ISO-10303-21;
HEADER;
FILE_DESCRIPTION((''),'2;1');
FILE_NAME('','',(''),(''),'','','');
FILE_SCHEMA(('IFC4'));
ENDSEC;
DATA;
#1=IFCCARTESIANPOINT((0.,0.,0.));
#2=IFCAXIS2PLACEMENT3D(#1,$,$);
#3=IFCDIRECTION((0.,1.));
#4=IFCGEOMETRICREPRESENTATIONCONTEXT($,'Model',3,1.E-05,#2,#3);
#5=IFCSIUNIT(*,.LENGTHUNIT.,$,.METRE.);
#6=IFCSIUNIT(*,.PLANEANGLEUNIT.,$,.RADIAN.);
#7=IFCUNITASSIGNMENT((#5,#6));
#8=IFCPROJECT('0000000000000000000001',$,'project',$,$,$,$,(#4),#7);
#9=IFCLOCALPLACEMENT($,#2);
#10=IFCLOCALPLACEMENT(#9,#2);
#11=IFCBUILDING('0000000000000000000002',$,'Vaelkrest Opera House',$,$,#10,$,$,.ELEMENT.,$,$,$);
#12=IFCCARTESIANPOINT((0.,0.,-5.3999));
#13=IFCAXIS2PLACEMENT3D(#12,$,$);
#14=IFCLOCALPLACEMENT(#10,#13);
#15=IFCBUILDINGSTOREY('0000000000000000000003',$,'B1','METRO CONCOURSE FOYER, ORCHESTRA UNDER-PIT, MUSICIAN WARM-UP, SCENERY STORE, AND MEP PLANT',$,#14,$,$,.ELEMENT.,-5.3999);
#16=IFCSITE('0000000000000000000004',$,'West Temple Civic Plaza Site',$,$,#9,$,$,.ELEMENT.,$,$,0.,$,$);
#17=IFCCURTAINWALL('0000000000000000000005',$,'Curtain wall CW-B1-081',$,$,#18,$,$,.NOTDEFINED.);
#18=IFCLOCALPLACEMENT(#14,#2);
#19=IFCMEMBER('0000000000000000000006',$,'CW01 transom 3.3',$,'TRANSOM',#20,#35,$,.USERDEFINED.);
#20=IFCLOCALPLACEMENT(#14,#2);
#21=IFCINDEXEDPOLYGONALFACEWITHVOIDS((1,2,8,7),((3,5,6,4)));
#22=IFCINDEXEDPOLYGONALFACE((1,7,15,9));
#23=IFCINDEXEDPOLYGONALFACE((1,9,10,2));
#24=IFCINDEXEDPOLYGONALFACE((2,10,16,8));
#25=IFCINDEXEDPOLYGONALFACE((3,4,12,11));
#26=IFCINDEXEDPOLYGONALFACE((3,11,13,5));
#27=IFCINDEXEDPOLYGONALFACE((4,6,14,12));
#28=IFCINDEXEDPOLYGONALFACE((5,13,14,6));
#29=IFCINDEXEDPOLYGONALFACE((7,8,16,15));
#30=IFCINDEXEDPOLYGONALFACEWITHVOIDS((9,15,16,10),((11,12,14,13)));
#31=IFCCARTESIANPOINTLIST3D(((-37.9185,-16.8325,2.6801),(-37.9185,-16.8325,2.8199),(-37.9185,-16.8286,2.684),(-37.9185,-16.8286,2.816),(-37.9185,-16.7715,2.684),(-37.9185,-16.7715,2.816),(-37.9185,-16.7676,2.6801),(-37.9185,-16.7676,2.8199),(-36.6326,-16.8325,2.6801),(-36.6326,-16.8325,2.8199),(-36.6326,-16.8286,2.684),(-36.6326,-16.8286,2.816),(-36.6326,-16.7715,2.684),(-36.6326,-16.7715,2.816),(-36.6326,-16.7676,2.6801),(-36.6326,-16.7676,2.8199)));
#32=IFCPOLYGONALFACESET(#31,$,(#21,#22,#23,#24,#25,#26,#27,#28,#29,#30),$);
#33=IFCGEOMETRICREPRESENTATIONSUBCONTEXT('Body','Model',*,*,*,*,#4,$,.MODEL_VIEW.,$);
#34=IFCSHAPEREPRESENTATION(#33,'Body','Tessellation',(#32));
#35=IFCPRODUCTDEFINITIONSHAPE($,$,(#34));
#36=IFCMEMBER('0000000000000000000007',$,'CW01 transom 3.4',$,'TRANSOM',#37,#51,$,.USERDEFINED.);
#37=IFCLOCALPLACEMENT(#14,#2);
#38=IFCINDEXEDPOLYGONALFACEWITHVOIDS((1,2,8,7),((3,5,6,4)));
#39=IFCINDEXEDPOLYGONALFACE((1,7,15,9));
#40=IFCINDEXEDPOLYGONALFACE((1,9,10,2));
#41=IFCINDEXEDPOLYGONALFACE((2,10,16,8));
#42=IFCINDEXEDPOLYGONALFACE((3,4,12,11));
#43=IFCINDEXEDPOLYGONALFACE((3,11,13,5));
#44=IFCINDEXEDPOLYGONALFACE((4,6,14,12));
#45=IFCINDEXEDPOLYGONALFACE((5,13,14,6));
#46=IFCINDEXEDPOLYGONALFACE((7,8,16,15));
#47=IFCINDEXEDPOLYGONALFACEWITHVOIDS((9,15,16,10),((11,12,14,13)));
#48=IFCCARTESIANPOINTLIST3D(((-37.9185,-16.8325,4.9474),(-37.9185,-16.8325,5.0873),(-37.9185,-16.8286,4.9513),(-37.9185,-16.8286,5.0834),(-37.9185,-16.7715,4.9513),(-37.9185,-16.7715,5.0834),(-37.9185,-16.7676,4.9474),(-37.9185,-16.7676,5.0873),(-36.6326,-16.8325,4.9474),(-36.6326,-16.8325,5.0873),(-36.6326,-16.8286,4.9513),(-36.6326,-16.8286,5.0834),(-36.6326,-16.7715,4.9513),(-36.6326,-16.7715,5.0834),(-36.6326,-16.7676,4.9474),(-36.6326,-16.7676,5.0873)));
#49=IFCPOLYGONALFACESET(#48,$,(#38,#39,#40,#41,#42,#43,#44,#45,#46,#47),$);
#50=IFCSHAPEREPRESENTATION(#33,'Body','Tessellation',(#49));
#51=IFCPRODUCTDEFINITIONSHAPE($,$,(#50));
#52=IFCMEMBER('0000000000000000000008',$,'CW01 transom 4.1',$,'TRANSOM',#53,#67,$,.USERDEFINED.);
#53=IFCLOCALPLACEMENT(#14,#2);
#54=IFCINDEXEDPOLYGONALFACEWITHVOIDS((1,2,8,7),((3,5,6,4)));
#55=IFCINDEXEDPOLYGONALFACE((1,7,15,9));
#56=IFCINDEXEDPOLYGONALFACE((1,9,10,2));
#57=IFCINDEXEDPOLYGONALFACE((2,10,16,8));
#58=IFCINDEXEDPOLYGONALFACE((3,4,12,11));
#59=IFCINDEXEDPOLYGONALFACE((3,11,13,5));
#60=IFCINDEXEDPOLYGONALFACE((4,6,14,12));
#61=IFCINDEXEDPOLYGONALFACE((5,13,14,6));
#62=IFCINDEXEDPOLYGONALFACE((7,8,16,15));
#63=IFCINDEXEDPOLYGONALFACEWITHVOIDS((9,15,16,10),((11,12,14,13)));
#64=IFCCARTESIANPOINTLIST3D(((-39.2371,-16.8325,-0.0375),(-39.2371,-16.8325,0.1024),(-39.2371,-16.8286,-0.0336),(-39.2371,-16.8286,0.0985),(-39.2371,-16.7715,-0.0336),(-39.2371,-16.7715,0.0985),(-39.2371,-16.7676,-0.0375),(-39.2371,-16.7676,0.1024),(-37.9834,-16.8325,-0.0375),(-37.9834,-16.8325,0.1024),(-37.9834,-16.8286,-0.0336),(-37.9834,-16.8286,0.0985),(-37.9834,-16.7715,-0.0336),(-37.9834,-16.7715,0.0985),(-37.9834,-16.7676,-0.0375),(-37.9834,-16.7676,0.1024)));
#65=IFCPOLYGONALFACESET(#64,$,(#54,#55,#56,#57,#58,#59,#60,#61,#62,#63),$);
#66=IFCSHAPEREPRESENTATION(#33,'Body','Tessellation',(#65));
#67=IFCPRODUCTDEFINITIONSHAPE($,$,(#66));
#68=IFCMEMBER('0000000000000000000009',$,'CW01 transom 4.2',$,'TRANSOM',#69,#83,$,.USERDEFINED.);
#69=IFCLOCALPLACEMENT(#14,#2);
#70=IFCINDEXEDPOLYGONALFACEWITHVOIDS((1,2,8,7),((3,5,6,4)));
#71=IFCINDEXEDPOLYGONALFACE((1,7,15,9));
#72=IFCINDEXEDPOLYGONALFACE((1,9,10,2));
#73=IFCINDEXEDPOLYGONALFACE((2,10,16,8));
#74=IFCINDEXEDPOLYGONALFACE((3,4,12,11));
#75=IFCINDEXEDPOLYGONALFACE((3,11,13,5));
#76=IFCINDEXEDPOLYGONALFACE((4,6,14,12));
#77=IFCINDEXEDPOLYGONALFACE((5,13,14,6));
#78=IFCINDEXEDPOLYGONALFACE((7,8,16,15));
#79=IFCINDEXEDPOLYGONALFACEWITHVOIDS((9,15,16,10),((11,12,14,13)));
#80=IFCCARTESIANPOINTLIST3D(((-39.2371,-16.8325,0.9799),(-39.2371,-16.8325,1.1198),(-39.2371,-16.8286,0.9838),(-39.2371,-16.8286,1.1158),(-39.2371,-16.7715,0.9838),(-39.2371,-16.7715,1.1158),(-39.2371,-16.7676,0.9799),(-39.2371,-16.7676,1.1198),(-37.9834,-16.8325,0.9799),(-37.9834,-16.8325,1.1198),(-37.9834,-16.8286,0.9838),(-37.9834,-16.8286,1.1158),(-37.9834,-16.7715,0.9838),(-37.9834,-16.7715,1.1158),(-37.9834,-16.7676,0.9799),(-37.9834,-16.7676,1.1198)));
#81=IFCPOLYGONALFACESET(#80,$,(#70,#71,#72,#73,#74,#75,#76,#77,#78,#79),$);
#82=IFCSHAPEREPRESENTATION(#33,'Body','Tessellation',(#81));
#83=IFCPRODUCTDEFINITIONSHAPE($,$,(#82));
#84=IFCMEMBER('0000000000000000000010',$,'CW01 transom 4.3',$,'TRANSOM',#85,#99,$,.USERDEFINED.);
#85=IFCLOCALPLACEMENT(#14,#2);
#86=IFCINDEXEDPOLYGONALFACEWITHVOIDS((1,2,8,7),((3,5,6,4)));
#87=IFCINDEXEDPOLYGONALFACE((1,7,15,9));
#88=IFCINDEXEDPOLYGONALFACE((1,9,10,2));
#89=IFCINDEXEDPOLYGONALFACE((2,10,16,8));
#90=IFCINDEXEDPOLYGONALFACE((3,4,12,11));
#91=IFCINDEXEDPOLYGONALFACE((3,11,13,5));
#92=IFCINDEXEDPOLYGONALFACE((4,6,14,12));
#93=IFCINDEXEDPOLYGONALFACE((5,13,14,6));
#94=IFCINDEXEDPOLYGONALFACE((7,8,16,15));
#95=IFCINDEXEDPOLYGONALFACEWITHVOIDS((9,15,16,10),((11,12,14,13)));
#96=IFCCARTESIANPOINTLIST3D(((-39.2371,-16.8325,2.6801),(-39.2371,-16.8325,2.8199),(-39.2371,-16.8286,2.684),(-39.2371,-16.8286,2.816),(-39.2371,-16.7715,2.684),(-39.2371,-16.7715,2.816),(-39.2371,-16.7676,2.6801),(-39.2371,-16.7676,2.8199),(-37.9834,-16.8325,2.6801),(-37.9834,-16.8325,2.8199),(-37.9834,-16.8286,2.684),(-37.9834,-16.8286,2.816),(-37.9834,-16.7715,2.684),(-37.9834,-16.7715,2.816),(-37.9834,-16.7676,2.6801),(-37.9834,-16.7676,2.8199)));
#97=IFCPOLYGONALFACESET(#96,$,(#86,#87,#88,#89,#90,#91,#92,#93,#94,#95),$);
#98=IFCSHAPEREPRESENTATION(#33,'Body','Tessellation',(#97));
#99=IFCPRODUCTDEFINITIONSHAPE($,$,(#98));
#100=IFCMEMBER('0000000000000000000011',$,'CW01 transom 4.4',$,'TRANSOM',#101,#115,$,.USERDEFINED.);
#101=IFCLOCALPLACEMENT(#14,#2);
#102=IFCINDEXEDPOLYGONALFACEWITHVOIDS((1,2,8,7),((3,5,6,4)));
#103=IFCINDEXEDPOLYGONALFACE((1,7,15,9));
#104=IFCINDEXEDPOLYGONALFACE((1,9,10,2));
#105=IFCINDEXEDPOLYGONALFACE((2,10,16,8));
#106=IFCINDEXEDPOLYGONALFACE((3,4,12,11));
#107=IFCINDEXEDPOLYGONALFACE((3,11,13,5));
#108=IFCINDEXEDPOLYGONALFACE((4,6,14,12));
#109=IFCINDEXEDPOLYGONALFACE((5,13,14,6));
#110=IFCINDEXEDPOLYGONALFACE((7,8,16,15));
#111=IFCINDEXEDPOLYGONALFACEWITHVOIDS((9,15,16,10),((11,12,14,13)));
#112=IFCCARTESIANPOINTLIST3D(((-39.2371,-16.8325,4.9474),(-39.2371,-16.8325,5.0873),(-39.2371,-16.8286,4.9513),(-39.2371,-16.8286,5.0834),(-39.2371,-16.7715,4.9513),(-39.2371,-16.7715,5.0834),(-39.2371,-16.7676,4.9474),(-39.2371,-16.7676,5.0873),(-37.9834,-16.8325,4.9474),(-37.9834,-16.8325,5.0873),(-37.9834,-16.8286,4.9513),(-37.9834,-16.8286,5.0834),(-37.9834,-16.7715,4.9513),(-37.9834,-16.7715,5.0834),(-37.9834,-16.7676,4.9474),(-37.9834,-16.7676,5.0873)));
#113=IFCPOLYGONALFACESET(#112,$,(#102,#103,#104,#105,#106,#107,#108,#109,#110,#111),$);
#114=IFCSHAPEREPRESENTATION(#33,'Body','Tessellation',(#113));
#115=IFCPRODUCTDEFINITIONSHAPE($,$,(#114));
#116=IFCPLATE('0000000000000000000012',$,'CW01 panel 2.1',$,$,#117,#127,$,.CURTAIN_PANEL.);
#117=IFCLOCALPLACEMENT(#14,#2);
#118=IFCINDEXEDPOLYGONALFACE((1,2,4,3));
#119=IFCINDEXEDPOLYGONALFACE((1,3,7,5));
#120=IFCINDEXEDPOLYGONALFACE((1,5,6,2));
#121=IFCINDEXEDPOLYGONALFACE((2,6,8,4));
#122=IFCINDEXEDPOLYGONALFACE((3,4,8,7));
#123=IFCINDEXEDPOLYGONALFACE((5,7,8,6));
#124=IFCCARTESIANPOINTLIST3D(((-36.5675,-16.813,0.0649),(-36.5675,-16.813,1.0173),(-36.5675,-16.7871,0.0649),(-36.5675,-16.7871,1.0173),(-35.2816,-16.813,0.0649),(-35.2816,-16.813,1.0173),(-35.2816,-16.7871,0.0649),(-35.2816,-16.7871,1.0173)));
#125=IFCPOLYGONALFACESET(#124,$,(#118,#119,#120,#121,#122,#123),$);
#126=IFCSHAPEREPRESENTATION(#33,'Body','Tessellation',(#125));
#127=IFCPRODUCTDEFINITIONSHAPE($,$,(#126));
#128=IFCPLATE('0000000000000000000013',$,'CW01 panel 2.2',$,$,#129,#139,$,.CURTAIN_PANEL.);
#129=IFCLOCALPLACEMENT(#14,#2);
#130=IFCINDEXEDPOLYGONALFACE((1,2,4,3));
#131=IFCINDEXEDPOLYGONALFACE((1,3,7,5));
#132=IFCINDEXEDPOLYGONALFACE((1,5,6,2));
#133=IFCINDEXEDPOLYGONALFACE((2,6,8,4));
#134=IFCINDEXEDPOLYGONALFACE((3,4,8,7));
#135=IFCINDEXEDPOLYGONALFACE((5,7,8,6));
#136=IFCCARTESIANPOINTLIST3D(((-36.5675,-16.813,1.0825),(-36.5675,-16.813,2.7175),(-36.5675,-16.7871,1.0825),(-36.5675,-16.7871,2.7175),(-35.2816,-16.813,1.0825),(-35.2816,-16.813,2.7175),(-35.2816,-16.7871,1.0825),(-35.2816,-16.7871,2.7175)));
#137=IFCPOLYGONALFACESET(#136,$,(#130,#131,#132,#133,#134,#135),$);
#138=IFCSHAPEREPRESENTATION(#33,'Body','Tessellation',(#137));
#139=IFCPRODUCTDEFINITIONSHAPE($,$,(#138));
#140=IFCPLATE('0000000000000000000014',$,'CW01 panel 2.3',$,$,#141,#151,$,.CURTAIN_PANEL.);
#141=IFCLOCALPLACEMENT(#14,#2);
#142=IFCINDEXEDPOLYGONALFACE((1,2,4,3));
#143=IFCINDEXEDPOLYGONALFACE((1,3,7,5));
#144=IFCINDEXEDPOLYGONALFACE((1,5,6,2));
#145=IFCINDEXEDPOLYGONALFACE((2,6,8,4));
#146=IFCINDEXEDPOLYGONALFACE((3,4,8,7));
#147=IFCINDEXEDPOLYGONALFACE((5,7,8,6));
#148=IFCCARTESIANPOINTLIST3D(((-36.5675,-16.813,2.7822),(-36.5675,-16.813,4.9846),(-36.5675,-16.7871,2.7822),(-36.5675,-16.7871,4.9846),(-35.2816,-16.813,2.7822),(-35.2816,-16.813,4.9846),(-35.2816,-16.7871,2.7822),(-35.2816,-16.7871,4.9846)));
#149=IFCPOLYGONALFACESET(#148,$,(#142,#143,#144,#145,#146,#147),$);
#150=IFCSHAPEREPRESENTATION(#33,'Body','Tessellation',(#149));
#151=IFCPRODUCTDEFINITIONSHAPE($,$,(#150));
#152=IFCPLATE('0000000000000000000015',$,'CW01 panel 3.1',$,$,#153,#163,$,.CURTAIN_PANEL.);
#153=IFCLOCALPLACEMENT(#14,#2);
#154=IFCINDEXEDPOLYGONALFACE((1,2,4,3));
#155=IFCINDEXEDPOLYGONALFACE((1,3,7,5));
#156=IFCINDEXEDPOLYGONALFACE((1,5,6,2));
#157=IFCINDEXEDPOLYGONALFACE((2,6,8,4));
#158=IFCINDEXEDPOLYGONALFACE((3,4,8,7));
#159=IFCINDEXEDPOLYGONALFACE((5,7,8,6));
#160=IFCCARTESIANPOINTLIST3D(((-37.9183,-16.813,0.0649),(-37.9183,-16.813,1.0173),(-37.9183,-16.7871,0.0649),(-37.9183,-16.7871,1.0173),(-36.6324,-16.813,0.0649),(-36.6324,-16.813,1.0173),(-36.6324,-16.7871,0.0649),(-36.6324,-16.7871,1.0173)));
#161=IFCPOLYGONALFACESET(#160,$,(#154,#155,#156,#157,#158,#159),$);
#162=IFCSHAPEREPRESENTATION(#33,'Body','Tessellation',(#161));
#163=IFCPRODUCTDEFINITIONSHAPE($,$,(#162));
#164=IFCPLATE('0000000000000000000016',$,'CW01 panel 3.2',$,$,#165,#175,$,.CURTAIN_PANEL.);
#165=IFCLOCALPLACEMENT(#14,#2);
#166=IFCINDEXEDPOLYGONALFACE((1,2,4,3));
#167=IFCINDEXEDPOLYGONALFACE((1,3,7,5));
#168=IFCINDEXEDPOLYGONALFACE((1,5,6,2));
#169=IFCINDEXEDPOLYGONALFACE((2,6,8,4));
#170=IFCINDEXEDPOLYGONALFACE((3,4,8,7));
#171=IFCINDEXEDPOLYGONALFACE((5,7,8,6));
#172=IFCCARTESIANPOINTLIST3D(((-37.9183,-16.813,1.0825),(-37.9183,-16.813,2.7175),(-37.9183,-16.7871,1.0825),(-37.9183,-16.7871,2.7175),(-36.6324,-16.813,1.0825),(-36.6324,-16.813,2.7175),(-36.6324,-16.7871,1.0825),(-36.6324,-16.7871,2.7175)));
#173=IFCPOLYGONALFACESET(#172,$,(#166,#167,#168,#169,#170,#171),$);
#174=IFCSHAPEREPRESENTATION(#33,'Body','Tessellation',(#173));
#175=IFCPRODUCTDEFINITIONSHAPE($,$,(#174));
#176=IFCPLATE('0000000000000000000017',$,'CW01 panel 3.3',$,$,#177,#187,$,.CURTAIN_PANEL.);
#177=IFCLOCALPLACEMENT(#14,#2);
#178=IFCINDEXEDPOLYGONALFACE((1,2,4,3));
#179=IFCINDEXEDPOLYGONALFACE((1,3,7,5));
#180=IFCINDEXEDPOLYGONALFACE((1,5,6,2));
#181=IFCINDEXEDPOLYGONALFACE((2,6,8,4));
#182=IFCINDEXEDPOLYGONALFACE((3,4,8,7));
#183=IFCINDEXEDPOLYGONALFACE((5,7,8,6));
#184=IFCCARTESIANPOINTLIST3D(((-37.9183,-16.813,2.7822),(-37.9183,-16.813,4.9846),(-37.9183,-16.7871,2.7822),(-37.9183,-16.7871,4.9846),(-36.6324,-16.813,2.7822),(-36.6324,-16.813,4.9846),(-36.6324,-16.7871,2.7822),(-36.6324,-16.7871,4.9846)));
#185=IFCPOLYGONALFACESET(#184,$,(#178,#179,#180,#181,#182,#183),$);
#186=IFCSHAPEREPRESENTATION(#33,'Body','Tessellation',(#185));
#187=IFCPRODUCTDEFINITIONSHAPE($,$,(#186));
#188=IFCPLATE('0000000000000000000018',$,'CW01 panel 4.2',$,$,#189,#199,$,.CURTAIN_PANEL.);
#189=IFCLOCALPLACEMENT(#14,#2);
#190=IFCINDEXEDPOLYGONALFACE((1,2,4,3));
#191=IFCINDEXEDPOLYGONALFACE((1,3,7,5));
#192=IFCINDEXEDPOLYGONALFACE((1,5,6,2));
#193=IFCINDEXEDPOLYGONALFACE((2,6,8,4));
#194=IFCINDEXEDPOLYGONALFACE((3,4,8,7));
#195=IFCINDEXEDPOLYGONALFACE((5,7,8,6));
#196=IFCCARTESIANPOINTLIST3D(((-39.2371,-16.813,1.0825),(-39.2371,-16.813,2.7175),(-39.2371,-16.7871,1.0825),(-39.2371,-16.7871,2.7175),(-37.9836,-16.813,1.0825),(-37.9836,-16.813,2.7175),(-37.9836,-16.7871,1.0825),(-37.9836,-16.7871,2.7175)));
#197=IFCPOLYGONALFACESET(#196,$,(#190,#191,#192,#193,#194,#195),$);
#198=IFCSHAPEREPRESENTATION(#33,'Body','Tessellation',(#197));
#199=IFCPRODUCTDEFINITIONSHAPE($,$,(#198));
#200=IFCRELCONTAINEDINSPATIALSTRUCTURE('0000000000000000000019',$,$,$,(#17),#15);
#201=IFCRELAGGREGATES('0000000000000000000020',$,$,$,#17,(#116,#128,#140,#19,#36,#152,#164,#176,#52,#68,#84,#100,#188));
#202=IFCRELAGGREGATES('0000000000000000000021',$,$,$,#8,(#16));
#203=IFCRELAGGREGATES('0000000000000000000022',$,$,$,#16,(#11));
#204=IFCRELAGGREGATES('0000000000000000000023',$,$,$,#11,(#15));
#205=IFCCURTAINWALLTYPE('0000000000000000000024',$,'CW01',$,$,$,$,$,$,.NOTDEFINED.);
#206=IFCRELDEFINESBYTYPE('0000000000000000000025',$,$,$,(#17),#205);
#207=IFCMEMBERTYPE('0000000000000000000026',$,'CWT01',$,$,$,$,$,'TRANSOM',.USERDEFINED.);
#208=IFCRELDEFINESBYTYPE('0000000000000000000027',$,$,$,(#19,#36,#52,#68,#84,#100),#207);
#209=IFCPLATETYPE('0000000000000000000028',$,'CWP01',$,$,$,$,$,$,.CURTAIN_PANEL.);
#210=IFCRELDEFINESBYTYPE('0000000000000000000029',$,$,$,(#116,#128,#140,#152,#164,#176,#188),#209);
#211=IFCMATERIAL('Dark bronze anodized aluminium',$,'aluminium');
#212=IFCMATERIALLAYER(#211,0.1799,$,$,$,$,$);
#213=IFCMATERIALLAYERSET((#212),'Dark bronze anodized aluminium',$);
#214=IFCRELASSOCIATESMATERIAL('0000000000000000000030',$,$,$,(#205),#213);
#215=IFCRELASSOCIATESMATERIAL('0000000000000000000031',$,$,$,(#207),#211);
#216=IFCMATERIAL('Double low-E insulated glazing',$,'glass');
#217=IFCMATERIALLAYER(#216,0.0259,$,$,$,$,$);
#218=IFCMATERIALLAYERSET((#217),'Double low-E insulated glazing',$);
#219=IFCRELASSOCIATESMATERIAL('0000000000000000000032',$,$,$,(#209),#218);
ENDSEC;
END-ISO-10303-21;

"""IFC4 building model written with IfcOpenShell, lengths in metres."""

from ifc_helpers import new_model, si_unit, direction, frame, origin, origin_2d, place, context, subcontext, project, spatial, rectangle, hollow_rectangle, extrude, material, layer, layer_set, material_profile, profile_set, type_object, element, aggregate, save


model = new_model("IFC4")

# Units and contexts
model_context = context("Model", 3, precision=1e-05, world=origin(), true_north=direction((0.0, 1.0)))
body_context = subcontext(model_context, "Body", "Model", "MODEL_VIEW")
ifc_project = project(units=[si_unit("LENGTHUNIT", "METRE"), si_unit("PLANEANGLEUNIT", "RADIAN")], contexts=[model_context])

# Site, building, storey
site_placement = place(None, origin())
site = spatial("IfcSite", under=ifc_project, at=site_placement, Name="West Temple Civic Plaza Site", CompositionType="ELEMENT", RefElevation=0.0)
building_placement = place(site_placement, origin())
building = spatial("IfcBuilding", under=site, at=building_placement, Name="Vaelkrest Opera House", CompositionType="ELEMENT")
storey_placement = place(building_placement, frame((0.0, 0.0, -5.3999)))
storey = spatial("IfcBuildingStorey", under=building, at=storey_placement, Name="B1", Description="METRO CONCOURSE FOYER, ORCHESTRA UNDER-PIT, MUSICIAN WARM-UP, SCENERY STORE, AND MEP PLANT", CompositionType="ELEMENT", Elevation=-5.3999)

# Curtain wall, members, plates
ifc_material_1 = material(Name="Dark bronze anodized aluminium", Category="aluminium")
ifc_layer_1 = layer(ifc_material_1, 0.1799)
ifc_layer_set_1 = layer_set([ifc_layer_1], Name="Dark bronze anodized aluminium")
curtain_wall_type = type_object("IfcCurtainWallType", Name="CW01", PredefinedType="NOTDEFINED", material=ifc_layer_set_1)
curtain_wall_placement = place(storey_placement, origin())
curtain_wall = element("IfcCurtainWall", 1, at=curtain_wall_placement, inside=storey, type_object=curtain_wall_type, Name="Curtain wall CW-B1-081", PredefinedType="NOTDEFINED")
ifc_material_profile_1 = material_profile(ifc_material_1, hollow_rectangle(XDim=0.0649, YDim=0.1399, WallThickness=0.0039, at=origin_2d()), Name="CWT65X140")
ifc_profile_set_1 = profile_set([ifc_material_profile_1], Name="Dark bronze anodized aluminium")
member_type_1 = type_object("IfcMemberType", Name="CWT01", ElementType="TRANSOM", PredefinedType="USERDEFINED", material=ifc_profile_set_1)
member_1_placement = place(storey_placement, frame((-36.6326, -16.8, 2.75), z_axis=(-1.0, 0.0, 0.0), x_axis=(0.0, -1.0, 0.0)))
member_1 = element("IfcMember", 2, at=member_1_placement, type_object=member_type_1, Name="CW01 transom 3.3", ObjectType="TRANSOM", PredefinedType="USERDEFINED", context=body_context, shape_type="SweptSolid", body=[
    extrude(hollow_rectangle(XDim=0.0649, YDim=0.1399, WallThickness=0.0039, at=origin_2d()), origin(), (0.0, 0.0, 1.0), 1.2859),
])
member_2_placement = place(storey_placement, frame((-36.6326, -16.8, 5.0173), z_axis=(-1.0, 0.0, 0.0), x_axis=(0.0, -1.0, 0.0)))
member_2 = element("IfcMember", 3, at=member_2_placement, type_object=member_type_1, Name="CW01 transom 3.4", ObjectType="TRANSOM", PredefinedType="USERDEFINED", context=body_context, shape_type="SweptSolid", body=[
    extrude(hollow_rectangle(XDim=0.0649, YDim=0.1399, WallThickness=0.0039, at=origin_2d()), origin(), (0.0, 0.0, 1.0), 1.2859),
])
member_3_placement = place(storey_placement, frame((-37.9834, -16.8, 0.0325), z_axis=(-1.0, 0.0, 0.0), x_axis=(0.0, -1.0, 0.0)))
member_3 = element("IfcMember", 4, at=member_3_placement, type_object=member_type_1, Name="CW01 transom 4.1", ObjectType="TRANSOM", PredefinedType="USERDEFINED", context=body_context, shape_type="SweptSolid", body=[
    extrude(hollow_rectangle(XDim=0.0649, YDim=0.1399, WallThickness=0.0039, at=origin_2d()), origin(), (0.0, 0.0, 1.0), 1.2537),
])
member_4_placement = place(storey_placement, frame((-37.9834, -16.8, 1.0498), z_axis=(-1.0, 0.0, 0.0), x_axis=(0.0, -1.0, 0.0)))
member_4 = element("IfcMember", 5, at=member_4_placement, type_object=member_type_1, Name="CW01 transom 4.2", ObjectType="TRANSOM", PredefinedType="USERDEFINED", context=body_context, shape_type="SweptSolid", body=[
    extrude(hollow_rectangle(XDim=0.0649, YDim=0.1399, WallThickness=0.0039, at=origin_2d()), origin(), (0.0, 0.0, 1.0), 1.2537),
])
member_5_placement = place(storey_placement, frame((-37.9834, -16.8, 2.75), z_axis=(-1.0, 0.0, 0.0), x_axis=(0.0, -1.0, 0.0)))
member_5 = element("IfcMember", 6, at=member_5_placement, type_object=member_type_1, Name="CW01 transom 4.3", ObjectType="TRANSOM", PredefinedType="USERDEFINED", context=body_context, shape_type="SweptSolid", body=[
    extrude(hollow_rectangle(XDim=0.0649, YDim=0.1399, WallThickness=0.0039, at=origin_2d()), origin(), (0.0, 0.0, 1.0), 1.2537),
])
member_6_placement = place(storey_placement, frame((-37.9834, -16.8, 5.0173), z_axis=(-1.0, 0.0, 0.0), x_axis=(0.0, -1.0, 0.0)))
member_6 = element("IfcMember", 7, at=member_6_placement, type_object=member_type_1, Name="CW01 transom 4.4", ObjectType="TRANSOM", PredefinedType="USERDEFINED", context=body_context, shape_type="SweptSolid", body=[
    extrude(hollow_rectangle(XDim=0.0649, YDim=0.1399, WallThickness=0.0039, at=origin_2d()), origin(), (0.0, 0.0, 1.0), 1.2537),
])
ifc_material_2 = material(Name="Double low-E insulated glazing", Category="glass")
ifc_layer_2 = layer(ifc_material_2, 0.0259)
ifc_layer_set_2 = layer_set([ifc_layer_2], Name="Double low-E insulated glazing")
plate_type = type_object("IfcPlateType", Name="CWP01", PredefinedType="CURTAIN_PANEL", material=ifc_layer_set_2)
plate_1_placement = place(storey_placement, frame((-35.9246, -16.8, 0.0649), z_axis=(0.0, 0.0, 1.0), x_axis=(-1.0, 0.0, 0.0)))
plate_1 = element("IfcPlate", 8, at=plate_1_placement, type_object=plate_type, Name="CW01 panel 2.1", PredefinedType="CURTAIN_PANEL", context=body_context, shape_type="SweptSolid", body=[
    extrude(rectangle(XDim=1.2859, YDim=0.0259, at=origin_2d()), origin(), (0.0, 0.0, 1.0), 0.9524),
])
plate_2_placement = place(storey_placement, frame((-35.9246, -16.8, 1.0825), z_axis=(0.0, 0.0, 1.0), x_axis=(-1.0, 0.0, 0.0)))
plate_2 = element("IfcPlate", 9, at=plate_2_placement, type_object=plate_type, Name="CW01 panel 2.2", PredefinedType="CURTAIN_PANEL", context=body_context, shape_type="SweptSolid", body=[
    extrude(rectangle(XDim=1.2859, YDim=0.0259, at=origin_2d()), origin(), (0.0, 0.0, 1.0), 1.635),
])
plate_3_placement = place(storey_placement, frame((-35.9246, -16.8, 2.7822), z_axis=(0.0, 0.0, 1.0), x_axis=(-1.0, 0.0, 0.0)))
plate_3 = element("IfcPlate", 10, at=plate_3_placement, type_object=plate_type, Name="CW01 panel 2.3", PredefinedType="CURTAIN_PANEL", context=body_context, shape_type="SweptSolid", body=[
    extrude(rectangle(XDim=1.2859, YDim=0.0259, at=origin_2d()), origin(), (0.0, 0.0, 1.0), 2.2024),
])
plate_4_placement = place(storey_placement, frame((-37.2754, -16.8, 0.0649), z_axis=(0.0, 0.0, 1.0), x_axis=(-1.0, 0.0, 0.0)))
plate_4 = element("IfcPlate", 11, at=plate_4_placement, type_object=plate_type, Name="CW01 panel 3.1", PredefinedType="CURTAIN_PANEL", context=body_context, shape_type="SweptSolid", body=[
    extrude(rectangle(XDim=1.2859, YDim=0.0259, at=origin_2d()), origin(), (0.0, 0.0, 1.0), 0.9524),
])
plate_5_placement = place(storey_placement, frame((-37.2754, -16.8, 1.0825), z_axis=(0.0, 0.0, 1.0), x_axis=(-1.0, 0.0, 0.0)))
plate_5 = element("IfcPlate", 12, at=plate_5_placement, type_object=plate_type, Name="CW01 panel 3.2", PredefinedType="CURTAIN_PANEL", context=body_context, shape_type="SweptSolid", body=[
    extrude(rectangle(XDim=1.2859, YDim=0.0259, at=origin_2d()), origin(), (0.0, 0.0, 1.0), 1.635),
])
plate_6_placement = place(storey_placement, frame((-37.2754, -16.8, 2.7822), z_axis=(0.0, 0.0, 1.0), x_axis=(-1.0, 0.0, 0.0)))
plate_6 = element("IfcPlate", 13, at=plate_6_placement, type_object=plate_type, Name="CW01 panel 3.3", PredefinedType="CURTAIN_PANEL", context=body_context, shape_type="SweptSolid", body=[
    extrude(rectangle(XDim=1.2859, YDim=0.0259, at=origin_2d()), origin(), (0.0, 0.0, 1.0), 2.2024),
])
plate_7_placement = place(storey_placement, frame((-38.6104, -16.8, 1.0825), z_axis=(0.0, 0.0, 1.0), x_axis=(-1.0, 0.0, 0.0)))
plate_7 = element("IfcPlate", 14, at=plate_7_placement, type_object=plate_type, Name="CW01 panel 4.2", PredefinedType="CURTAIN_PANEL", context=body_context, shape_type="SweptSolid", body=[
    extrude(rectangle(XDim=1.2534, YDim=0.0259, at=origin_2d()), origin(), (0.0, 0.0, 1.0), 1.635),
])
aggregate(curtain_wall, [plate_1, plate_2, plate_3, member_1, member_2, plate_4, plate_5, plate_6, member_3, member_4, member_5, member_6, plate_7])

save(model, "model.ifc")
